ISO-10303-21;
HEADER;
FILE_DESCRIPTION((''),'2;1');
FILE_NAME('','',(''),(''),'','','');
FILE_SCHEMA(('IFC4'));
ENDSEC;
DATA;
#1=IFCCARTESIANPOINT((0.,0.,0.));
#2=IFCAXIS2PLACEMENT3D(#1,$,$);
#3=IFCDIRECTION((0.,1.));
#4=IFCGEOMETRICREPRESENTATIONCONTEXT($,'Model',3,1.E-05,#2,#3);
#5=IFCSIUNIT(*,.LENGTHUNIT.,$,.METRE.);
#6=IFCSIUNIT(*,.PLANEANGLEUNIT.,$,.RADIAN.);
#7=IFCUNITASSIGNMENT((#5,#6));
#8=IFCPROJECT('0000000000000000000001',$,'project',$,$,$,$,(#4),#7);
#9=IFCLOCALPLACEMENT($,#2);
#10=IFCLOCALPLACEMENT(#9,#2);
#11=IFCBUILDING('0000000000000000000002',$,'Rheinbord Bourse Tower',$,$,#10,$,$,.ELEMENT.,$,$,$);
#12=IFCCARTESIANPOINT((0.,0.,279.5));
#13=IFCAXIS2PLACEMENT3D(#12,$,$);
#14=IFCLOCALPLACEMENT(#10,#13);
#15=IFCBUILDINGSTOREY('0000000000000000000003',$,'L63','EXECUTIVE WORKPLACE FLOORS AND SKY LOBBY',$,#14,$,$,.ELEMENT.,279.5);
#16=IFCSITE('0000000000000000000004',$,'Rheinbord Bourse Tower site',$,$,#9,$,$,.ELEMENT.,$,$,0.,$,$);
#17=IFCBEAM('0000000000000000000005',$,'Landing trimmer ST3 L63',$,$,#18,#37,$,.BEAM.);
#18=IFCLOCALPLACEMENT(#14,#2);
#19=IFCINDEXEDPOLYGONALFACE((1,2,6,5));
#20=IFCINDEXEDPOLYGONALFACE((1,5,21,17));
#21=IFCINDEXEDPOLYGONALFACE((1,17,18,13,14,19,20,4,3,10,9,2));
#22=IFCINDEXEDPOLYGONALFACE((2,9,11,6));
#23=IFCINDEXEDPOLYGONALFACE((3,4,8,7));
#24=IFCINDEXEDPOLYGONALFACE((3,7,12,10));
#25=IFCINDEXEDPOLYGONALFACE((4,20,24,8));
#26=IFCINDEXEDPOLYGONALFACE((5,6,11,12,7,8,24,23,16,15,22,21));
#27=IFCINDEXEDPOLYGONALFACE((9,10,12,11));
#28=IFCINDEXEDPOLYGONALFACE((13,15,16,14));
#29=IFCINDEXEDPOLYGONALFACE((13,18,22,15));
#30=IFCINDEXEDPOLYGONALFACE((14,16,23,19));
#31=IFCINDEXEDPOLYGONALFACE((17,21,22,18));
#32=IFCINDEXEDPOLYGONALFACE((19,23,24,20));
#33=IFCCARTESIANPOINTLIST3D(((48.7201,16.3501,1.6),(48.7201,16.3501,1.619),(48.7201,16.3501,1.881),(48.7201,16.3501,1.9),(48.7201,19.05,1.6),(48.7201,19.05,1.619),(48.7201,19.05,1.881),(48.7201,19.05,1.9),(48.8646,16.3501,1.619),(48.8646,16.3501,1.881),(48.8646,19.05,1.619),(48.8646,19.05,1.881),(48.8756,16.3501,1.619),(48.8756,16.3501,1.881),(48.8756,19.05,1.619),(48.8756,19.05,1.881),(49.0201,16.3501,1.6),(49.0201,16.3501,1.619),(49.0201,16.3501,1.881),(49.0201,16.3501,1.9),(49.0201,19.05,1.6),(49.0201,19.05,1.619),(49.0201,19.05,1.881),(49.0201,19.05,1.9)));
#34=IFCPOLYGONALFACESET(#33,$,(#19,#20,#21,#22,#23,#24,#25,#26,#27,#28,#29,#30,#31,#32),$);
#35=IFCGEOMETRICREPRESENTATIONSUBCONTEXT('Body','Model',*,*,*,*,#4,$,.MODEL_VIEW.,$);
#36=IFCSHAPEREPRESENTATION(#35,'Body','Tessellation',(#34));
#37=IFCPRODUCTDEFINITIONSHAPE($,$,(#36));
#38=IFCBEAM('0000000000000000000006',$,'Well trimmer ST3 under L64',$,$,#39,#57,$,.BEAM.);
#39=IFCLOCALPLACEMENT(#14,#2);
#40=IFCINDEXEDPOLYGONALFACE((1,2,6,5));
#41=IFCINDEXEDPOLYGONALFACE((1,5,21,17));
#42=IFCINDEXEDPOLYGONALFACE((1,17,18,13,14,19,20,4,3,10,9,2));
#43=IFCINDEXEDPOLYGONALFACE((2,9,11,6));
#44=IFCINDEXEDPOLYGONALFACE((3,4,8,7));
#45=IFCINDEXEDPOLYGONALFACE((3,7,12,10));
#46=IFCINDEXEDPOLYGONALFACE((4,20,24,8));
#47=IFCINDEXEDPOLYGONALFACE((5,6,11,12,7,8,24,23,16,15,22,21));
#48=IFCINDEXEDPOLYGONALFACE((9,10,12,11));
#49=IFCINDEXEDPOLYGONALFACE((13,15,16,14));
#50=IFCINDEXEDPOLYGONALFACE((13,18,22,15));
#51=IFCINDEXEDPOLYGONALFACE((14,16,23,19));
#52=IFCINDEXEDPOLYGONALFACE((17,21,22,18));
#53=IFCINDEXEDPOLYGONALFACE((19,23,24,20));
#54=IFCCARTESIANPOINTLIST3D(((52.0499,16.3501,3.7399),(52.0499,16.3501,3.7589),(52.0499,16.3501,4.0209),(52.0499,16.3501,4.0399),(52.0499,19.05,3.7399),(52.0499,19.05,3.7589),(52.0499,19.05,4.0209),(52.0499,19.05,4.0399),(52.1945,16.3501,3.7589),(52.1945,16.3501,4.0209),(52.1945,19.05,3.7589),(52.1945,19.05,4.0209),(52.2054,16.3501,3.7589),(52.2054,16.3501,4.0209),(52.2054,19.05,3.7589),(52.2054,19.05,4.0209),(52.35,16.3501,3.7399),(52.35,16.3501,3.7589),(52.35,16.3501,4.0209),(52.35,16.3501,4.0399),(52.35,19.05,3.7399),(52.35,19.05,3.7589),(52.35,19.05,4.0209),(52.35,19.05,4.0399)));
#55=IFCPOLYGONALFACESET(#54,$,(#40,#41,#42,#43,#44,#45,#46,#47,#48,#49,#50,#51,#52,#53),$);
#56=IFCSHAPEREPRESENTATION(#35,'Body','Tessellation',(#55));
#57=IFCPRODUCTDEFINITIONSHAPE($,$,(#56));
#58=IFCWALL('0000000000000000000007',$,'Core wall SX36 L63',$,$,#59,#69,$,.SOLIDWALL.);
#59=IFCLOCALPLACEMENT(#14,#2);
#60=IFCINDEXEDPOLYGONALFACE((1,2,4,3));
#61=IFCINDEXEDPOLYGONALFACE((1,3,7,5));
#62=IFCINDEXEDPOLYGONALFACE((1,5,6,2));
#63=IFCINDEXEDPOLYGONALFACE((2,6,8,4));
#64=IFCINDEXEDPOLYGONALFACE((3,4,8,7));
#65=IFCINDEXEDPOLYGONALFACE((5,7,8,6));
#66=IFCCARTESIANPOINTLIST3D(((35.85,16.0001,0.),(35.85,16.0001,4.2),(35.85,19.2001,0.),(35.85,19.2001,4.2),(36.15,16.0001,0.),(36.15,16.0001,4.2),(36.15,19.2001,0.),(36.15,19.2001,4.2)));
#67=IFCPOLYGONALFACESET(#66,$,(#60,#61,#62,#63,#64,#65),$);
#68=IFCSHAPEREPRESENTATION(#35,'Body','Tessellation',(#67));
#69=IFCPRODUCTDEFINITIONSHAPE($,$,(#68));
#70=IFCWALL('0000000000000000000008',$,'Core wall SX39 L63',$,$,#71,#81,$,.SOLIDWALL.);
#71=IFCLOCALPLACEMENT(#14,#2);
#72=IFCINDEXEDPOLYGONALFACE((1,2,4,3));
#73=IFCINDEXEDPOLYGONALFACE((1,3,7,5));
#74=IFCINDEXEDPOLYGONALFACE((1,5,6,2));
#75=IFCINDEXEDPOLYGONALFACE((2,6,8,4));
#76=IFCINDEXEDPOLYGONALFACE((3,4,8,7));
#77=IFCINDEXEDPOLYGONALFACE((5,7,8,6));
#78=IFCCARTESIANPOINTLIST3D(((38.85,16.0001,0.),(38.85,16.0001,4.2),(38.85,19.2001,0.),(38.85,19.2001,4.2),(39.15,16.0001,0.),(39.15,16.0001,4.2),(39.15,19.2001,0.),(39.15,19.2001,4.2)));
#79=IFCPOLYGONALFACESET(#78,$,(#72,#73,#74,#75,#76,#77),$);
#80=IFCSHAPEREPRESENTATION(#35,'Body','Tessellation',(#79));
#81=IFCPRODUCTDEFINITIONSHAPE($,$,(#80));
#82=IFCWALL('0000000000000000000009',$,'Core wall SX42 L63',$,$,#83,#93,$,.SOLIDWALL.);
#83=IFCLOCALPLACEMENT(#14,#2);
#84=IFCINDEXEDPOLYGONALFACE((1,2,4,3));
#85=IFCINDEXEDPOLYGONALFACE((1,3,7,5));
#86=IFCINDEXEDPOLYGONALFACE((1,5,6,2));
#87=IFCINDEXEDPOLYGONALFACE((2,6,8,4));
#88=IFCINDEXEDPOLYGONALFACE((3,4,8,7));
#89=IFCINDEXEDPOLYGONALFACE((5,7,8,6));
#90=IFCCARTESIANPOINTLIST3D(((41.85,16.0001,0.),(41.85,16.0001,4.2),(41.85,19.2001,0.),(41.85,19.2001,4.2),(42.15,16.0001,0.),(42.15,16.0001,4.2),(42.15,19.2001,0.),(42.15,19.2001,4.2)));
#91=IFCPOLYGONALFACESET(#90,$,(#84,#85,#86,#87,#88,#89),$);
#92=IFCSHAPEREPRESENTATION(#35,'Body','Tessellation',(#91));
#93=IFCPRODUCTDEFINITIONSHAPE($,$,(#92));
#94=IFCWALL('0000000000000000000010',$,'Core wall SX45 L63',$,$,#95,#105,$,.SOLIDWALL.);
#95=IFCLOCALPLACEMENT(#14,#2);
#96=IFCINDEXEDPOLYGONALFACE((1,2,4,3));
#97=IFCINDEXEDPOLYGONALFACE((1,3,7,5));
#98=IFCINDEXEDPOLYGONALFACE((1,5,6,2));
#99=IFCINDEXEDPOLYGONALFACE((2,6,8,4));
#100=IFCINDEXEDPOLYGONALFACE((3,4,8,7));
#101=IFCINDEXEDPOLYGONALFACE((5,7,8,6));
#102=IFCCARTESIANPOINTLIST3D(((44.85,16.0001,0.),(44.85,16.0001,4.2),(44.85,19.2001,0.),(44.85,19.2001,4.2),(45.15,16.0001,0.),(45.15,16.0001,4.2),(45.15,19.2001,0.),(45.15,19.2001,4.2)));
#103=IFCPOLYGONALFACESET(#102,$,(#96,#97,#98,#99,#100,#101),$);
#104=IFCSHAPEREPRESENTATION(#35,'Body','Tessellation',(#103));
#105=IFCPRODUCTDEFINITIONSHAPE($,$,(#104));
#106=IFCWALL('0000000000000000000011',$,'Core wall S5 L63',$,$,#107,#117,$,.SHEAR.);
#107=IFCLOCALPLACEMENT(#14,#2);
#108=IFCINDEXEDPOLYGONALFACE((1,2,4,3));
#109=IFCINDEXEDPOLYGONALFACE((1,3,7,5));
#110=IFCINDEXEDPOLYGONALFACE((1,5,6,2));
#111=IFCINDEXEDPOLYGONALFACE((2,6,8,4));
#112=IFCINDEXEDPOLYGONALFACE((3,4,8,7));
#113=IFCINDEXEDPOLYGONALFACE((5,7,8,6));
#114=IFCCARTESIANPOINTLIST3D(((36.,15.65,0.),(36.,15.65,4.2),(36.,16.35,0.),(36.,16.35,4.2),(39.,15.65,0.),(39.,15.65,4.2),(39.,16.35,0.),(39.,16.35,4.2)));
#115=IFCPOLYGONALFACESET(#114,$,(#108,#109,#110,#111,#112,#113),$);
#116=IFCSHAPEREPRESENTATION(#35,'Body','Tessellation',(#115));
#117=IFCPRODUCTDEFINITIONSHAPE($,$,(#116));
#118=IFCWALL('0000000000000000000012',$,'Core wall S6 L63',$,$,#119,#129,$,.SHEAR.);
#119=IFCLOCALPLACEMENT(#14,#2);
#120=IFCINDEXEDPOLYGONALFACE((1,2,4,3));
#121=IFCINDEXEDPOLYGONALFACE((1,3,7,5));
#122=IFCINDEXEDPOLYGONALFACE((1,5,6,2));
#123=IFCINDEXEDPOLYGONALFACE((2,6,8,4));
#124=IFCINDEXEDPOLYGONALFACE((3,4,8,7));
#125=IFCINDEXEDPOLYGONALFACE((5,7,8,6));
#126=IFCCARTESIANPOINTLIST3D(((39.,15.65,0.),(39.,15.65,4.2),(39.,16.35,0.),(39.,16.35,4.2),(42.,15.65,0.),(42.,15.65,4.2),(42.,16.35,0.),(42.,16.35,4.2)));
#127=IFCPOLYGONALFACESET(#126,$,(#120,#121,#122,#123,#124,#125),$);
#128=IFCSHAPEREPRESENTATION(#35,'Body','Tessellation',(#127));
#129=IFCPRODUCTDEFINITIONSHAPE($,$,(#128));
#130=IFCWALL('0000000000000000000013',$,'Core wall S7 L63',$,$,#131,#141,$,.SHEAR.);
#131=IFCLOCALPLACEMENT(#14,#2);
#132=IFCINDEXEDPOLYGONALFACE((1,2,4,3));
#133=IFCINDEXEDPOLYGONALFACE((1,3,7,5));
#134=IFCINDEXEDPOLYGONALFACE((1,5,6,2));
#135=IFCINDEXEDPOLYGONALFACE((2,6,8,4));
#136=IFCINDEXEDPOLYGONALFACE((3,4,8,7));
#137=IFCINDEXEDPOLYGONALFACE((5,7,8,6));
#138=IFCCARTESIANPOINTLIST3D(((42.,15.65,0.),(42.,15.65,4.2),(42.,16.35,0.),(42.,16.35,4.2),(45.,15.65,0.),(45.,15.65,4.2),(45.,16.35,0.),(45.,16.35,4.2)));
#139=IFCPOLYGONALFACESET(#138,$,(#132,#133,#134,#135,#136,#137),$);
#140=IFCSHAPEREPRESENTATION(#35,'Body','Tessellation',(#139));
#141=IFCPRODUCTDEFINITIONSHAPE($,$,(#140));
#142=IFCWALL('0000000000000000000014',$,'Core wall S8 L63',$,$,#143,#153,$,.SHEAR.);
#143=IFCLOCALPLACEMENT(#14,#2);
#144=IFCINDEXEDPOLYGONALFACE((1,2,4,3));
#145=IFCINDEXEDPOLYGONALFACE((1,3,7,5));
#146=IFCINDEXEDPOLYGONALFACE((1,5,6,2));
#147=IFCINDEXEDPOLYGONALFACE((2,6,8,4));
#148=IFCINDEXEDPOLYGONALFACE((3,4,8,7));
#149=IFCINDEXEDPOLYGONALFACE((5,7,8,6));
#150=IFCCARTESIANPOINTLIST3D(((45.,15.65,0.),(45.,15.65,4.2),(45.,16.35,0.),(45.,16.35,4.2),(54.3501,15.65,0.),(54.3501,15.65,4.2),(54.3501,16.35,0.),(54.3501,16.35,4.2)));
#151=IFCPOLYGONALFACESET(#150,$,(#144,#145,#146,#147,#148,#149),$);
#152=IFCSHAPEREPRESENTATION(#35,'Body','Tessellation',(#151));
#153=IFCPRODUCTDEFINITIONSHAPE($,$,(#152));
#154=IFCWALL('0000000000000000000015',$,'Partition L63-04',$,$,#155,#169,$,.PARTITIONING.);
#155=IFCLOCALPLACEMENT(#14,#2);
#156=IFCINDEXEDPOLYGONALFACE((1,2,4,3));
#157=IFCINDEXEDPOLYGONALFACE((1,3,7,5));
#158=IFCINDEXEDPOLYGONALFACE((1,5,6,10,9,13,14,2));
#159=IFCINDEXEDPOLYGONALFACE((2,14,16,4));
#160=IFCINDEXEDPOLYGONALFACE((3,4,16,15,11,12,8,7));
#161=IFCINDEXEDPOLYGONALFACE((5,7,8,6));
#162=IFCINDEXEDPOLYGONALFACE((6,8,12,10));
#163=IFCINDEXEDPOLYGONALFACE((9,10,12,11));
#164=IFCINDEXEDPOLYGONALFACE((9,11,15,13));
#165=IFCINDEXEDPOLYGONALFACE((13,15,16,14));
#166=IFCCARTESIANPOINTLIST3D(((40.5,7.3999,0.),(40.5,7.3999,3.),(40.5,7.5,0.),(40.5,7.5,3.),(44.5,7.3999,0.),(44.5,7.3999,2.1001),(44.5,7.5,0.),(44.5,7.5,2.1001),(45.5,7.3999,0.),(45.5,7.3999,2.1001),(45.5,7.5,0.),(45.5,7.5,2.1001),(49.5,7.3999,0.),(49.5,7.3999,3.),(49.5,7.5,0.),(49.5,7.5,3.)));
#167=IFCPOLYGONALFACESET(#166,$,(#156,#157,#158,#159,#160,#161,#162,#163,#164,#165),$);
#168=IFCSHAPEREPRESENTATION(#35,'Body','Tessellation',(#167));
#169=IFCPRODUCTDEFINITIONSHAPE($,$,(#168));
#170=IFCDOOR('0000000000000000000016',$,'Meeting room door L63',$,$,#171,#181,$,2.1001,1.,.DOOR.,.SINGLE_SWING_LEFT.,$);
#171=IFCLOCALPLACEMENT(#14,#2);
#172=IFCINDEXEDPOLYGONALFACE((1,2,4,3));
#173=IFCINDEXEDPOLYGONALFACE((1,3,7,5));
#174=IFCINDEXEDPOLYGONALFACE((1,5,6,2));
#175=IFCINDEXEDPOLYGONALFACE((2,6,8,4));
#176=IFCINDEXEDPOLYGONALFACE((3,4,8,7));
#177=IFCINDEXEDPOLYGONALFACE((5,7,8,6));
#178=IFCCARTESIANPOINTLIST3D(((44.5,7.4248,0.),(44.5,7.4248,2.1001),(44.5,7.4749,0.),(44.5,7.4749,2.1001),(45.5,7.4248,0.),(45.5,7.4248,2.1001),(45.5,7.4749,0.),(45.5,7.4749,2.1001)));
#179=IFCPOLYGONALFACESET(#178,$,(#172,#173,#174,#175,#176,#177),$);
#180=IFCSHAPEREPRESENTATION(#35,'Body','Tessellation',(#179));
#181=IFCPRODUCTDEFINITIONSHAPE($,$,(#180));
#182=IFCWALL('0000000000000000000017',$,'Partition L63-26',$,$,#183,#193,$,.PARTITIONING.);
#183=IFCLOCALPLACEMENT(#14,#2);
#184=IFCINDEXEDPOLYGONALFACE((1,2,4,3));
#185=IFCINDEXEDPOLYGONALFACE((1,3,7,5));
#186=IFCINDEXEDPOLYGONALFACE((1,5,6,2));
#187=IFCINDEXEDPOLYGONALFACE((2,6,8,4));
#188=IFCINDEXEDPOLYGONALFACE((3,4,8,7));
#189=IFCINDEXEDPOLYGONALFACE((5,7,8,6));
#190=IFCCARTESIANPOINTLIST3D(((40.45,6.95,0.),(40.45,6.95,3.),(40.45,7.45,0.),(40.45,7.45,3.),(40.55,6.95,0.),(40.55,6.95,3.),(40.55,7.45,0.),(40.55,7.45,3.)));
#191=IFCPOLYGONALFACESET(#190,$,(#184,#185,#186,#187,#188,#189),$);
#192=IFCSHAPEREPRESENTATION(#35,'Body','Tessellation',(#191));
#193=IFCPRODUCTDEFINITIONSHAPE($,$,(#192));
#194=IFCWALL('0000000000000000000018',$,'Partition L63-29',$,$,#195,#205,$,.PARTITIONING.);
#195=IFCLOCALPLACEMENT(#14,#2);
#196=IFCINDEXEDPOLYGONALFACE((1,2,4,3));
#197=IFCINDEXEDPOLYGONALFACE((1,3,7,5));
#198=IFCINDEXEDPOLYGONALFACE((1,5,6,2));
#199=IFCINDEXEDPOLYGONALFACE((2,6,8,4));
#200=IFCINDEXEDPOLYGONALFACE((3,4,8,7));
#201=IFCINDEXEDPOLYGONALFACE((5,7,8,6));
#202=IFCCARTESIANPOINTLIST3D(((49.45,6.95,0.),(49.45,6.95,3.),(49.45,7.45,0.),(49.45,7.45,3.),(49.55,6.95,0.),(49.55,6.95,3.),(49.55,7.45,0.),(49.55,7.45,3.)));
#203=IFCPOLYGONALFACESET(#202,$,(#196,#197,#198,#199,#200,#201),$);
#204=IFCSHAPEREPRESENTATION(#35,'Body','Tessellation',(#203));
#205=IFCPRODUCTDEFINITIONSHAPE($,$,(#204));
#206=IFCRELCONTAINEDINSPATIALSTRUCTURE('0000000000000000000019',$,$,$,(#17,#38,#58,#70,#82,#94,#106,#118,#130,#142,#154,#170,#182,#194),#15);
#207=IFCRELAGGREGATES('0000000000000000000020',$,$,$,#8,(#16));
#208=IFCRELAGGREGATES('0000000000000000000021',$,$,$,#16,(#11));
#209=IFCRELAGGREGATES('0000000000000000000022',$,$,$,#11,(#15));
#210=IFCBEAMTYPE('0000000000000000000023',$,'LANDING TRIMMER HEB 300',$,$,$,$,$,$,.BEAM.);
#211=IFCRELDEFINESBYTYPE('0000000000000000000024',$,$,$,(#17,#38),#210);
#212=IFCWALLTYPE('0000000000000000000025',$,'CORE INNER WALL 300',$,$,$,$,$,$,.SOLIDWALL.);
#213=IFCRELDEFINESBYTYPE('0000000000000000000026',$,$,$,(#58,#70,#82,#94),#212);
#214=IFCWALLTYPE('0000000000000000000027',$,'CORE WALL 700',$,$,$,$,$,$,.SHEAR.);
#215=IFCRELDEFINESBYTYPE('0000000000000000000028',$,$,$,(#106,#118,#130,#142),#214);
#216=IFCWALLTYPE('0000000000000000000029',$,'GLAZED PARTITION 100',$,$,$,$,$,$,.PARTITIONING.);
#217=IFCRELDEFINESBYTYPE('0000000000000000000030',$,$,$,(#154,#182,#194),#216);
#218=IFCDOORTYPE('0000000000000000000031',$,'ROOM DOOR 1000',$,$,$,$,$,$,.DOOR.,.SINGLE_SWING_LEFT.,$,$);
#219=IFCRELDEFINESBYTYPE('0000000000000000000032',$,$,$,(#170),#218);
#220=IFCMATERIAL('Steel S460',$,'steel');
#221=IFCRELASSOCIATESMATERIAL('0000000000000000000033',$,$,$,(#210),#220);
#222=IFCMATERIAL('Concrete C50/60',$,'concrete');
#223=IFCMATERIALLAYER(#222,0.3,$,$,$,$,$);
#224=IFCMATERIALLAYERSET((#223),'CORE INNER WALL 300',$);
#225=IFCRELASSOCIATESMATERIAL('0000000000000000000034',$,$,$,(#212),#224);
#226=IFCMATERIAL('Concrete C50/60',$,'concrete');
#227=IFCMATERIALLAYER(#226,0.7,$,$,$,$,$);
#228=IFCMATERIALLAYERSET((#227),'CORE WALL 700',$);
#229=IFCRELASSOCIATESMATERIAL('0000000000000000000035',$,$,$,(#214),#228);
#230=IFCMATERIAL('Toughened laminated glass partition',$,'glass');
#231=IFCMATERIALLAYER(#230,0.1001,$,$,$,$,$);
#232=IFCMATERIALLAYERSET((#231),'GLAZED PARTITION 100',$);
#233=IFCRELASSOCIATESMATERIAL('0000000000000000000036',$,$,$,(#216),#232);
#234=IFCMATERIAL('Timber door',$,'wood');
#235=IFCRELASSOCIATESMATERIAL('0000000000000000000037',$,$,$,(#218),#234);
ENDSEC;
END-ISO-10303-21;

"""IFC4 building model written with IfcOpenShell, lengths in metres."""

from ifc_helpers import new_model, si_unit, direction, frame, frame_2d, origin, origin_2d, place, context, subcontext, project, spatial, rectangle, i_section, extrude, material, layer, layer_set, material_profile, profile_set, type_object, element, fill, save


model = new_model("IFC4")

# Units and contexts
model_context = context("Model", 3, precision=1e-05, world=origin(), true_north=direction((0.0, 1.0)))
body_context = subcontext(model_context, "Body", "Model", "MODEL_VIEW")
ifc_project = project(units=[si_unit("LENGTHUNIT", "METRE"), si_unit("PLANEANGLEUNIT", "RADIAN")], contexts=[model_context])

# Site, building, storey
site_placement = place(None, origin())
site = spatial("IfcSite", under=ifc_project, at=site_placement, Name="Rheinbord Bourse Tower site", CompositionType="ELEMENT", RefElevation=0.0)
building_placement = place(site_placement, origin())
building = spatial("IfcBuilding", under=site, at=building_placement, Name="Rheinbord Bourse Tower", CompositionType="ELEMENT")
storey_placement = place(building_placement, frame((0.0, 0.0, 279.5)))
storey = spatial("IfcBuildingStorey", under=building, at=storey_placement, Name="L63", Description="EXECUTIVE WORKPLACE FLOORS AND SKY LOBBY", CompositionType="ELEMENT", Elevation=279.5)

# Beams
ifc_material_1 = material(Name="Steel S460", Category="steel")
ifc_material_profile = material_profile(ifc_material_1, i_section(OverallWidth=0.3, OverallDepth=0.3, WebThickness=0.011, FlangeThickness=0.019, at=origin_2d()), Name="HEB 300")
ifc_profile_set = profile_set([ifc_material_profile], Name="Steel S460")
beam_type = type_object("IfcBeamType", Name="LANDING TRIMMER HEB 300", PredefinedType="BEAM", material=ifc_profile_set)
for number, where, z_axis, x_axis, name in (
    (1, (48.8701, 16.3501, 1.75), (0.0, 1.0, 0.0), (-1.0, 0.0, 0.0), "Landing trimmer ST3 L63"),
    (2, (52.2, 16.3501, 3.8899), (0.0, 1.0, 0.0), (-1.0, 0.0, 0.0), "Well trimmer ST3 under L64"),
):
    element("IfcBeam", number, at=place(storey_placement, frame(where, z_axis=z_axis, x_axis=x_axis)), inside=storey, type_object=beam_type, Name=name, PredefinedType="BEAM", context=body_context, shape_type="SweptSolid", body=[
        extrude(i_section(OverallWidth=0.3, OverallDepth=0.3, WebThickness=0.011, FlangeThickness=0.019, at=origin_2d()), origin(), (0.0, 0.0, 1.0), 2.7),
    ])

# Walls
ifc_material_2 = material(Name="Concrete C50/60", Category="concrete")
ifc_layer_1 = layer(ifc_material_2, 0.3)
ifc_layer_set_1 = layer_set([ifc_layer_1], Name="CORE INNER WALL 300")
wall_type_1 = type_object("IfcWallType", Name="CORE INNER WALL 300", PredefinedType="SOLIDWALL", material=ifc_layer_set_1)
for number, where, z_axis, x_axis, name in (
    (3, (36.0, 16.0, 0.0), (0.0, 0.0, 1.0), (0.0, 1.0, 0.0), "Core wall SX36 L63"),
    (4, (39.0, 16.0, 0.0), (0.0, 0.0, 1.0), (0.0, 1.0, 0.0), "Core wall SX39 L63"),
    (5, (42.0, 16.0, 0.0), (0.0, 0.0, 1.0), (0.0, 1.0, 0.0), "Core wall SX42 L63"),
    (6, (45.0, 16.0, 0.0), (0.0, 0.0, 1.0), (0.0, 1.0, 0.0), "Core wall SX45 L63"),
):
    element("IfcWall", number, at=place(storey_placement, frame(where, z_axis=z_axis, x_axis=x_axis)), inside=storey, type_object=wall_type_1, Name=name, PredefinedType="SOLIDWALL", context=body_context, shape_type="SweptSolid", body=[
        extrude(rectangle(XDim=3.2, YDim=0.3, at=frame_2d((1.6001, 0.0))), origin(), (0.0, 0.0, 1.0), 4.2),
    ])
ifc_material_3 = material(Name="Concrete C50/60", Category="concrete")
ifc_layer_2 = layer(ifc_material_3, 0.7)
ifc_layer_set_2 = layer_set([ifc_layer_2], Name="CORE WALL 700")
wall_type_2 = type_object("IfcWallType", Name="CORE WALL 700", PredefinedType="SHEAR", material=ifc_layer_set_2)
for number, where, z_axis, x_axis, name in (
    (7, (36.0, 16.0, 0.0), (0.0, 0.0, 1.0), (1.0, 0.0, 0.0), "Core wall S5 L63"),
    (8, (39.0, 16.0, 0.0), (0.0, 0.0, 1.0), (1.0, 0.0, 0.0), "Core wall S6 L63"),
    (9, (42.0, 16.0, 0.0), (0.0, 0.0, 1.0), (1.0, 0.0, 0.0), "Core wall S7 L63"),
):
    element("IfcWall", number, at=place(storey_placement, frame(where, z_axis=z_axis, x_axis=x_axis)), inside=storey, type_object=wall_type_2, Name=name, PredefinedType="SHEAR", context=body_context, shape_type="SweptSolid", body=[
        extrude(rectangle(XDim=3.0, YDim=0.7, at=frame_2d((1.5, 0.0))), origin(), (0.0, 0.0, 1.0), 4.2),
    ])
wall_1_placement = place(storey_placement, frame((45.0, 16.0, 0.0), z_axis=(0.0, 0.0, 1.0), x_axis=(1.0, 0.0, 0.0)))
element("IfcWall", 10, at=wall_1_placement, inside=storey, type_object=wall_type_2, Name="Core wall S8 L63", PredefinedType="SHEAR", context=body_context, shape_type="SweptSolid", body=[
    extrude(rectangle(XDim=9.3501, YDim=0.7, at=frame_2d((4.675, 0.0))), origin(), (0.0, 0.0, 1.0), 4.2),
])

# Wall, opening, door
ifc_material_4 = material(Name="Toughened laminated glass partition", Category="glass")
ifc_layer_3 = layer(ifc_material_4, 0.1001)
ifc_layer_set_3 = layer_set([ifc_layer_3], Name="GLAZED PARTITION 100")
wall_type_3 = type_object("IfcWallType", Name="GLAZED PARTITION 100", PredefinedType="PARTITIONING", material=ifc_layer_set_3)
wall_2_placement = place(storey_placement, frame((40.5, 7.45, 0.0), z_axis=(0.0, 0.0, 1.0), x_axis=(1.0, 0.0, 0.0)))
wall_2 = element("IfcWall", 11, at=wall_2_placement, inside=storey, type_object=wall_type_3, Name="Partition L63-04", PredefinedType="PARTITIONING", context=body_context, shape_type="SweptSolid", body=[
    extrude(rectangle(XDim=9.0, YDim=0.1001, at=frame_2d((4.5, 0.0))), origin(), (0.0, 0.0, 1.0), 3.0),
])
opening_1_placement = place(wall_2_placement, frame((4.0, 0.0, 0.0)))
opening_1 = element("IfcOpeningElement", 12, at=opening_1_placement, cuts=wall_2, PredefinedType="OPENING", context=body_context, shape_type="SweptSolid", body=[
    extrude(rectangle(XDim=1.0, YDim=2.1001, at=frame_2d((0.5, 1.05))), frame((0.0, 0.0601, 0.0), z_axis=(0.0, -1.0, 0.0), x_axis=(1.0, 0.0, 0.0)), (0.0, 0.0, 1.0), 0.1201),
])
ifc_material_5 = material(Name="Timber door", Category="wood")
door_type = type_object("IfcDoorType", Name="ROOM DOOR 1000", OperationType="SINGLE_SWING_LEFT", PredefinedType="DOOR", material=ifc_material_5)
door_1_placement = place(opening_1_placement, origin())
door_1 = element("IfcDoor", 13, at=door_1_placement, inside=storey, type_object=door_type, Name="Meeting room door L63", OperationType="SINGLE_SWING_LEFT", OverallHeight=2.1001, OverallWidth=1.0, PredefinedType="DOOR", context=body_context, shape_type="SweptSolid", body=[
    extrude(rectangle(XDim=1.0, YDim=2.1001, at=frame_2d((0.5, 1.05))), frame((0.0, 0.0249, 0.0), z_axis=(0.0, -1.0, 0.0), x_axis=(1.0, 0.0, 0.0)), (0.0, 0.0, 1.0), 0.05),
])
fill(opening_1, door_1)

# Walls
for number, where, z_axis, x_axis, name in (
    (14, (40.5, 6.95, 0.0), (0.0, 0.0, 1.0), (0.0, 1.0, 0.0), "Partition L63-26"),
    (15, (49.5, 6.95, 0.0), (0.0, 0.0, 1.0), (0.0, 1.0, 0.0), "Partition L63-29"),
):
    element("IfcWall", number, at=place(storey_placement, frame(where, z_axis=z_axis, x_axis=x_axis)), inside=storey, type_object=wall_type_3, Name=name, PredefinedType="PARTITIONING", context=body_context, shape_type="SweptSolid", body=[
        extrude(rectangle(XDim=0.5, YDim=0.1001, at=frame_2d((0.25, 0.0))), origin(), (0.0, 0.0, 1.0), 3.0),
    ])

save(model, "model.ifc")
